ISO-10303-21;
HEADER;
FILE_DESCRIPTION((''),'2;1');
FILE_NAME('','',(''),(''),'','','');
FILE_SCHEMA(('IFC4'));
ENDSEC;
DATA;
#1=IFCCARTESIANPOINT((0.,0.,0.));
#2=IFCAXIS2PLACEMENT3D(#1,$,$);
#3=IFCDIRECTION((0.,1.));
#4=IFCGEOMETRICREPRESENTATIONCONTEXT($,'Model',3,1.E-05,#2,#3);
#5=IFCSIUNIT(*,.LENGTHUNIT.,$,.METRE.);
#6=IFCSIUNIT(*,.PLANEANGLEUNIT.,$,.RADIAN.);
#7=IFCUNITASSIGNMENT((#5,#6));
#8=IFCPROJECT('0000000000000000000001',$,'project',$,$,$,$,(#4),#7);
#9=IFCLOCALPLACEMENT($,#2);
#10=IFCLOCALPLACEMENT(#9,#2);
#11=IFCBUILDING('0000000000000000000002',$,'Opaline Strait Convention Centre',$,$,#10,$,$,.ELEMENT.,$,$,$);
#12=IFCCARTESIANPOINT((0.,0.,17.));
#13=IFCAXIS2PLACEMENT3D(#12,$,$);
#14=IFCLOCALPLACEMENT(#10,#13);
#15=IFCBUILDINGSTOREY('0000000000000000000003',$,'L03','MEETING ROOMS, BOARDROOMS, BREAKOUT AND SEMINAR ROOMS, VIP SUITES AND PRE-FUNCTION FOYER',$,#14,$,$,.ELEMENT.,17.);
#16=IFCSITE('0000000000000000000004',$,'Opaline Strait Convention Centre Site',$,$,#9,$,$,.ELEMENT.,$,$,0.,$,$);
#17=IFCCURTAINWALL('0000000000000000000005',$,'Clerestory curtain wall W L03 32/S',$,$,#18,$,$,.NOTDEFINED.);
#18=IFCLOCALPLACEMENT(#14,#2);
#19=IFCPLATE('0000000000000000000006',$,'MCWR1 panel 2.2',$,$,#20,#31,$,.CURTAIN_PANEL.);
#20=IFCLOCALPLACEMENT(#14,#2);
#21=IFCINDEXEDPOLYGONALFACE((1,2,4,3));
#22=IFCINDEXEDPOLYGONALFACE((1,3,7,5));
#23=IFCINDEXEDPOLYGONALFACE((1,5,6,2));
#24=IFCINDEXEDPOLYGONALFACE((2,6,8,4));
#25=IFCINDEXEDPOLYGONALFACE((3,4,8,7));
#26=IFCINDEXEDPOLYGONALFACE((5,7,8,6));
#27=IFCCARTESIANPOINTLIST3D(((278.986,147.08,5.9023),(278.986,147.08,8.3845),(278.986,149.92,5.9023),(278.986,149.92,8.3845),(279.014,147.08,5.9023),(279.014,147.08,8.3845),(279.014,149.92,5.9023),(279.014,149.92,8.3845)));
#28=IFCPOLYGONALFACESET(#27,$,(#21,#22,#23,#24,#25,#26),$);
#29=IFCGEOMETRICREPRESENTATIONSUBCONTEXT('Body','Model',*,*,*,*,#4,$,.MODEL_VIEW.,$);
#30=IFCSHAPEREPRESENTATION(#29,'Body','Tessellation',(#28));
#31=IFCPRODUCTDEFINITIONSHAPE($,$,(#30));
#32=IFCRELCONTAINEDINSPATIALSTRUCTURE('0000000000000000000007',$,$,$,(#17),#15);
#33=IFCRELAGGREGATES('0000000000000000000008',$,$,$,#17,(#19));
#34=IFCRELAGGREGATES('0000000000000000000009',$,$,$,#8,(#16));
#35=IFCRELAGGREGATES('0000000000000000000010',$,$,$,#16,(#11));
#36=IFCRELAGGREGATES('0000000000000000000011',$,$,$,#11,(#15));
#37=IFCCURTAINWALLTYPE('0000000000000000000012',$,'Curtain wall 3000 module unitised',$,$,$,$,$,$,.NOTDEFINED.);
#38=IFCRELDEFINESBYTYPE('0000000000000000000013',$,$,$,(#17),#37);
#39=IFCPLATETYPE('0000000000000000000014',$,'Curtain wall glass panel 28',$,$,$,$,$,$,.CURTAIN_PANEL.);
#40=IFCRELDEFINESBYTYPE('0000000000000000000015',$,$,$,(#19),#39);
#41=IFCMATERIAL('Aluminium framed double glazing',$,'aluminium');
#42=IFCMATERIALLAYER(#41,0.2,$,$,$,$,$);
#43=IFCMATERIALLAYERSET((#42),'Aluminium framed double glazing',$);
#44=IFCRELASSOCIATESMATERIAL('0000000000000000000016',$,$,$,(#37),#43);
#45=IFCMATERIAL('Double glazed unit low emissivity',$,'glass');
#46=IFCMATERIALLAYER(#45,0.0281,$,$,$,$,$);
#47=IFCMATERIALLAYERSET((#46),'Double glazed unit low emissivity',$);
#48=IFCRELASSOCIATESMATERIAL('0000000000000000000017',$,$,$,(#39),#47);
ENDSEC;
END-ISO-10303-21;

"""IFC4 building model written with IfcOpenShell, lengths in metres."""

from ifc_helpers import new_model, si_unit, direction, frame, origin, origin_2d, place, context, subcontext, project, spatial, rectangle, extrude, material, layer, layer_set, type_object, element, aggregate, save


model = new_model("IFC4")

# Units and contexts
model_context = context("Model", 3, precision=1e-05, world=origin(), true_north=direction((0.0, 1.0)))
body_context = subcontext(model_context, "Body", "Model", "MODEL_VIEW")
ifc_project = project(units=[si_unit("LENGTHUNIT", "METRE"), si_unit("PLANEANGLEUNIT", "RADIAN")], contexts=[model_context])

# Site, building, storey
site_placement = place(None, origin())
site = spatial("IfcSite", under=ifc_project, at=site_placement, Name="Opaline Strait Convention Centre Site", CompositionType="ELEMENT", RefElevation=0.0)
building_placement = place(site_placement, origin())
building = spatial("IfcBuilding", under=site, at=building_placement, Name="Opaline Strait Convention Centre", CompositionType="ELEMENT")
storey_placement = place(building_placement, frame((0.0, 0.0, 17.0)))
storey = spatial("IfcBuildingStorey", under=building, at=storey_placement, Name="L03", Description="MEETING ROOMS, BOARDROOMS, BREAKOUT AND SEMINAR ROOMS, VIP SUITES AND PRE-FUNCTION FOYER", CompositionType="ELEMENT", Elevation=17.0)

# Shared definitions
ifc_material_1 = material(Name="Aluminium framed double glazing", Category="aluminium")
ifc_layer_1 = layer(ifc_material_1, 0.2)
ifc_layer_set_1 = layer_set([ifc_layer_1], Name="Aluminium framed double glazing")
curtain_wall_type = type_object("IfcCurtainWallType", Name="Curtain wall 3000 module unitised", PredefinedType="NOTDEFINED", material=ifc_layer_set_1)

# Curtain wall
curtain_wall_1_placement = place(storey_placement, origin())
curtain_wall_1 = element("IfcCurtainWall", 1, at=curtain_wall_1_placement, inside=storey, type_object=curtain_wall_type, Name="Clerestory curtain wall W L03 32/S", PredefinedType="NOTDEFINED")

# Plate
ifc_material_2 = material(Name="Double glazed unit low emissivity", Category="glass")
ifc_layer_2 = layer(ifc_material_2, 0.0281)
ifc_layer_set_2 = layer_set([ifc_layer_2], Name="Double glazed unit low emissivity")
plate_type = type_object("IfcPlateType", Name="Curtain wall glass panel 28", PredefinedType="CURTAIN_PANEL", material=ifc_layer_set_2)
plate_1_placement = place(storey_placement, frame((279.0, 148.5, 5.9023), z_axis=(0.0, 0.0, 1.0), x_axis=(0.0, 1.0, 0.0)))
plate_1 = element("IfcPlate", 2, at=plate_1_placement, type_object=plate_type, Name="MCWR1 panel 2.2", PredefinedType="CURTAIN_PANEL", context=body_context, shape_type="SweptSolid", body=[
    extrude(rectangle(XDim=2.8401, YDim=0.0281, at=origin_2d()), origin(), (0.0, 0.0, 1.0), 2.4822),
])
aggregate(curtain_wall_1, [plate_1])

save(model, "model.ifc")
